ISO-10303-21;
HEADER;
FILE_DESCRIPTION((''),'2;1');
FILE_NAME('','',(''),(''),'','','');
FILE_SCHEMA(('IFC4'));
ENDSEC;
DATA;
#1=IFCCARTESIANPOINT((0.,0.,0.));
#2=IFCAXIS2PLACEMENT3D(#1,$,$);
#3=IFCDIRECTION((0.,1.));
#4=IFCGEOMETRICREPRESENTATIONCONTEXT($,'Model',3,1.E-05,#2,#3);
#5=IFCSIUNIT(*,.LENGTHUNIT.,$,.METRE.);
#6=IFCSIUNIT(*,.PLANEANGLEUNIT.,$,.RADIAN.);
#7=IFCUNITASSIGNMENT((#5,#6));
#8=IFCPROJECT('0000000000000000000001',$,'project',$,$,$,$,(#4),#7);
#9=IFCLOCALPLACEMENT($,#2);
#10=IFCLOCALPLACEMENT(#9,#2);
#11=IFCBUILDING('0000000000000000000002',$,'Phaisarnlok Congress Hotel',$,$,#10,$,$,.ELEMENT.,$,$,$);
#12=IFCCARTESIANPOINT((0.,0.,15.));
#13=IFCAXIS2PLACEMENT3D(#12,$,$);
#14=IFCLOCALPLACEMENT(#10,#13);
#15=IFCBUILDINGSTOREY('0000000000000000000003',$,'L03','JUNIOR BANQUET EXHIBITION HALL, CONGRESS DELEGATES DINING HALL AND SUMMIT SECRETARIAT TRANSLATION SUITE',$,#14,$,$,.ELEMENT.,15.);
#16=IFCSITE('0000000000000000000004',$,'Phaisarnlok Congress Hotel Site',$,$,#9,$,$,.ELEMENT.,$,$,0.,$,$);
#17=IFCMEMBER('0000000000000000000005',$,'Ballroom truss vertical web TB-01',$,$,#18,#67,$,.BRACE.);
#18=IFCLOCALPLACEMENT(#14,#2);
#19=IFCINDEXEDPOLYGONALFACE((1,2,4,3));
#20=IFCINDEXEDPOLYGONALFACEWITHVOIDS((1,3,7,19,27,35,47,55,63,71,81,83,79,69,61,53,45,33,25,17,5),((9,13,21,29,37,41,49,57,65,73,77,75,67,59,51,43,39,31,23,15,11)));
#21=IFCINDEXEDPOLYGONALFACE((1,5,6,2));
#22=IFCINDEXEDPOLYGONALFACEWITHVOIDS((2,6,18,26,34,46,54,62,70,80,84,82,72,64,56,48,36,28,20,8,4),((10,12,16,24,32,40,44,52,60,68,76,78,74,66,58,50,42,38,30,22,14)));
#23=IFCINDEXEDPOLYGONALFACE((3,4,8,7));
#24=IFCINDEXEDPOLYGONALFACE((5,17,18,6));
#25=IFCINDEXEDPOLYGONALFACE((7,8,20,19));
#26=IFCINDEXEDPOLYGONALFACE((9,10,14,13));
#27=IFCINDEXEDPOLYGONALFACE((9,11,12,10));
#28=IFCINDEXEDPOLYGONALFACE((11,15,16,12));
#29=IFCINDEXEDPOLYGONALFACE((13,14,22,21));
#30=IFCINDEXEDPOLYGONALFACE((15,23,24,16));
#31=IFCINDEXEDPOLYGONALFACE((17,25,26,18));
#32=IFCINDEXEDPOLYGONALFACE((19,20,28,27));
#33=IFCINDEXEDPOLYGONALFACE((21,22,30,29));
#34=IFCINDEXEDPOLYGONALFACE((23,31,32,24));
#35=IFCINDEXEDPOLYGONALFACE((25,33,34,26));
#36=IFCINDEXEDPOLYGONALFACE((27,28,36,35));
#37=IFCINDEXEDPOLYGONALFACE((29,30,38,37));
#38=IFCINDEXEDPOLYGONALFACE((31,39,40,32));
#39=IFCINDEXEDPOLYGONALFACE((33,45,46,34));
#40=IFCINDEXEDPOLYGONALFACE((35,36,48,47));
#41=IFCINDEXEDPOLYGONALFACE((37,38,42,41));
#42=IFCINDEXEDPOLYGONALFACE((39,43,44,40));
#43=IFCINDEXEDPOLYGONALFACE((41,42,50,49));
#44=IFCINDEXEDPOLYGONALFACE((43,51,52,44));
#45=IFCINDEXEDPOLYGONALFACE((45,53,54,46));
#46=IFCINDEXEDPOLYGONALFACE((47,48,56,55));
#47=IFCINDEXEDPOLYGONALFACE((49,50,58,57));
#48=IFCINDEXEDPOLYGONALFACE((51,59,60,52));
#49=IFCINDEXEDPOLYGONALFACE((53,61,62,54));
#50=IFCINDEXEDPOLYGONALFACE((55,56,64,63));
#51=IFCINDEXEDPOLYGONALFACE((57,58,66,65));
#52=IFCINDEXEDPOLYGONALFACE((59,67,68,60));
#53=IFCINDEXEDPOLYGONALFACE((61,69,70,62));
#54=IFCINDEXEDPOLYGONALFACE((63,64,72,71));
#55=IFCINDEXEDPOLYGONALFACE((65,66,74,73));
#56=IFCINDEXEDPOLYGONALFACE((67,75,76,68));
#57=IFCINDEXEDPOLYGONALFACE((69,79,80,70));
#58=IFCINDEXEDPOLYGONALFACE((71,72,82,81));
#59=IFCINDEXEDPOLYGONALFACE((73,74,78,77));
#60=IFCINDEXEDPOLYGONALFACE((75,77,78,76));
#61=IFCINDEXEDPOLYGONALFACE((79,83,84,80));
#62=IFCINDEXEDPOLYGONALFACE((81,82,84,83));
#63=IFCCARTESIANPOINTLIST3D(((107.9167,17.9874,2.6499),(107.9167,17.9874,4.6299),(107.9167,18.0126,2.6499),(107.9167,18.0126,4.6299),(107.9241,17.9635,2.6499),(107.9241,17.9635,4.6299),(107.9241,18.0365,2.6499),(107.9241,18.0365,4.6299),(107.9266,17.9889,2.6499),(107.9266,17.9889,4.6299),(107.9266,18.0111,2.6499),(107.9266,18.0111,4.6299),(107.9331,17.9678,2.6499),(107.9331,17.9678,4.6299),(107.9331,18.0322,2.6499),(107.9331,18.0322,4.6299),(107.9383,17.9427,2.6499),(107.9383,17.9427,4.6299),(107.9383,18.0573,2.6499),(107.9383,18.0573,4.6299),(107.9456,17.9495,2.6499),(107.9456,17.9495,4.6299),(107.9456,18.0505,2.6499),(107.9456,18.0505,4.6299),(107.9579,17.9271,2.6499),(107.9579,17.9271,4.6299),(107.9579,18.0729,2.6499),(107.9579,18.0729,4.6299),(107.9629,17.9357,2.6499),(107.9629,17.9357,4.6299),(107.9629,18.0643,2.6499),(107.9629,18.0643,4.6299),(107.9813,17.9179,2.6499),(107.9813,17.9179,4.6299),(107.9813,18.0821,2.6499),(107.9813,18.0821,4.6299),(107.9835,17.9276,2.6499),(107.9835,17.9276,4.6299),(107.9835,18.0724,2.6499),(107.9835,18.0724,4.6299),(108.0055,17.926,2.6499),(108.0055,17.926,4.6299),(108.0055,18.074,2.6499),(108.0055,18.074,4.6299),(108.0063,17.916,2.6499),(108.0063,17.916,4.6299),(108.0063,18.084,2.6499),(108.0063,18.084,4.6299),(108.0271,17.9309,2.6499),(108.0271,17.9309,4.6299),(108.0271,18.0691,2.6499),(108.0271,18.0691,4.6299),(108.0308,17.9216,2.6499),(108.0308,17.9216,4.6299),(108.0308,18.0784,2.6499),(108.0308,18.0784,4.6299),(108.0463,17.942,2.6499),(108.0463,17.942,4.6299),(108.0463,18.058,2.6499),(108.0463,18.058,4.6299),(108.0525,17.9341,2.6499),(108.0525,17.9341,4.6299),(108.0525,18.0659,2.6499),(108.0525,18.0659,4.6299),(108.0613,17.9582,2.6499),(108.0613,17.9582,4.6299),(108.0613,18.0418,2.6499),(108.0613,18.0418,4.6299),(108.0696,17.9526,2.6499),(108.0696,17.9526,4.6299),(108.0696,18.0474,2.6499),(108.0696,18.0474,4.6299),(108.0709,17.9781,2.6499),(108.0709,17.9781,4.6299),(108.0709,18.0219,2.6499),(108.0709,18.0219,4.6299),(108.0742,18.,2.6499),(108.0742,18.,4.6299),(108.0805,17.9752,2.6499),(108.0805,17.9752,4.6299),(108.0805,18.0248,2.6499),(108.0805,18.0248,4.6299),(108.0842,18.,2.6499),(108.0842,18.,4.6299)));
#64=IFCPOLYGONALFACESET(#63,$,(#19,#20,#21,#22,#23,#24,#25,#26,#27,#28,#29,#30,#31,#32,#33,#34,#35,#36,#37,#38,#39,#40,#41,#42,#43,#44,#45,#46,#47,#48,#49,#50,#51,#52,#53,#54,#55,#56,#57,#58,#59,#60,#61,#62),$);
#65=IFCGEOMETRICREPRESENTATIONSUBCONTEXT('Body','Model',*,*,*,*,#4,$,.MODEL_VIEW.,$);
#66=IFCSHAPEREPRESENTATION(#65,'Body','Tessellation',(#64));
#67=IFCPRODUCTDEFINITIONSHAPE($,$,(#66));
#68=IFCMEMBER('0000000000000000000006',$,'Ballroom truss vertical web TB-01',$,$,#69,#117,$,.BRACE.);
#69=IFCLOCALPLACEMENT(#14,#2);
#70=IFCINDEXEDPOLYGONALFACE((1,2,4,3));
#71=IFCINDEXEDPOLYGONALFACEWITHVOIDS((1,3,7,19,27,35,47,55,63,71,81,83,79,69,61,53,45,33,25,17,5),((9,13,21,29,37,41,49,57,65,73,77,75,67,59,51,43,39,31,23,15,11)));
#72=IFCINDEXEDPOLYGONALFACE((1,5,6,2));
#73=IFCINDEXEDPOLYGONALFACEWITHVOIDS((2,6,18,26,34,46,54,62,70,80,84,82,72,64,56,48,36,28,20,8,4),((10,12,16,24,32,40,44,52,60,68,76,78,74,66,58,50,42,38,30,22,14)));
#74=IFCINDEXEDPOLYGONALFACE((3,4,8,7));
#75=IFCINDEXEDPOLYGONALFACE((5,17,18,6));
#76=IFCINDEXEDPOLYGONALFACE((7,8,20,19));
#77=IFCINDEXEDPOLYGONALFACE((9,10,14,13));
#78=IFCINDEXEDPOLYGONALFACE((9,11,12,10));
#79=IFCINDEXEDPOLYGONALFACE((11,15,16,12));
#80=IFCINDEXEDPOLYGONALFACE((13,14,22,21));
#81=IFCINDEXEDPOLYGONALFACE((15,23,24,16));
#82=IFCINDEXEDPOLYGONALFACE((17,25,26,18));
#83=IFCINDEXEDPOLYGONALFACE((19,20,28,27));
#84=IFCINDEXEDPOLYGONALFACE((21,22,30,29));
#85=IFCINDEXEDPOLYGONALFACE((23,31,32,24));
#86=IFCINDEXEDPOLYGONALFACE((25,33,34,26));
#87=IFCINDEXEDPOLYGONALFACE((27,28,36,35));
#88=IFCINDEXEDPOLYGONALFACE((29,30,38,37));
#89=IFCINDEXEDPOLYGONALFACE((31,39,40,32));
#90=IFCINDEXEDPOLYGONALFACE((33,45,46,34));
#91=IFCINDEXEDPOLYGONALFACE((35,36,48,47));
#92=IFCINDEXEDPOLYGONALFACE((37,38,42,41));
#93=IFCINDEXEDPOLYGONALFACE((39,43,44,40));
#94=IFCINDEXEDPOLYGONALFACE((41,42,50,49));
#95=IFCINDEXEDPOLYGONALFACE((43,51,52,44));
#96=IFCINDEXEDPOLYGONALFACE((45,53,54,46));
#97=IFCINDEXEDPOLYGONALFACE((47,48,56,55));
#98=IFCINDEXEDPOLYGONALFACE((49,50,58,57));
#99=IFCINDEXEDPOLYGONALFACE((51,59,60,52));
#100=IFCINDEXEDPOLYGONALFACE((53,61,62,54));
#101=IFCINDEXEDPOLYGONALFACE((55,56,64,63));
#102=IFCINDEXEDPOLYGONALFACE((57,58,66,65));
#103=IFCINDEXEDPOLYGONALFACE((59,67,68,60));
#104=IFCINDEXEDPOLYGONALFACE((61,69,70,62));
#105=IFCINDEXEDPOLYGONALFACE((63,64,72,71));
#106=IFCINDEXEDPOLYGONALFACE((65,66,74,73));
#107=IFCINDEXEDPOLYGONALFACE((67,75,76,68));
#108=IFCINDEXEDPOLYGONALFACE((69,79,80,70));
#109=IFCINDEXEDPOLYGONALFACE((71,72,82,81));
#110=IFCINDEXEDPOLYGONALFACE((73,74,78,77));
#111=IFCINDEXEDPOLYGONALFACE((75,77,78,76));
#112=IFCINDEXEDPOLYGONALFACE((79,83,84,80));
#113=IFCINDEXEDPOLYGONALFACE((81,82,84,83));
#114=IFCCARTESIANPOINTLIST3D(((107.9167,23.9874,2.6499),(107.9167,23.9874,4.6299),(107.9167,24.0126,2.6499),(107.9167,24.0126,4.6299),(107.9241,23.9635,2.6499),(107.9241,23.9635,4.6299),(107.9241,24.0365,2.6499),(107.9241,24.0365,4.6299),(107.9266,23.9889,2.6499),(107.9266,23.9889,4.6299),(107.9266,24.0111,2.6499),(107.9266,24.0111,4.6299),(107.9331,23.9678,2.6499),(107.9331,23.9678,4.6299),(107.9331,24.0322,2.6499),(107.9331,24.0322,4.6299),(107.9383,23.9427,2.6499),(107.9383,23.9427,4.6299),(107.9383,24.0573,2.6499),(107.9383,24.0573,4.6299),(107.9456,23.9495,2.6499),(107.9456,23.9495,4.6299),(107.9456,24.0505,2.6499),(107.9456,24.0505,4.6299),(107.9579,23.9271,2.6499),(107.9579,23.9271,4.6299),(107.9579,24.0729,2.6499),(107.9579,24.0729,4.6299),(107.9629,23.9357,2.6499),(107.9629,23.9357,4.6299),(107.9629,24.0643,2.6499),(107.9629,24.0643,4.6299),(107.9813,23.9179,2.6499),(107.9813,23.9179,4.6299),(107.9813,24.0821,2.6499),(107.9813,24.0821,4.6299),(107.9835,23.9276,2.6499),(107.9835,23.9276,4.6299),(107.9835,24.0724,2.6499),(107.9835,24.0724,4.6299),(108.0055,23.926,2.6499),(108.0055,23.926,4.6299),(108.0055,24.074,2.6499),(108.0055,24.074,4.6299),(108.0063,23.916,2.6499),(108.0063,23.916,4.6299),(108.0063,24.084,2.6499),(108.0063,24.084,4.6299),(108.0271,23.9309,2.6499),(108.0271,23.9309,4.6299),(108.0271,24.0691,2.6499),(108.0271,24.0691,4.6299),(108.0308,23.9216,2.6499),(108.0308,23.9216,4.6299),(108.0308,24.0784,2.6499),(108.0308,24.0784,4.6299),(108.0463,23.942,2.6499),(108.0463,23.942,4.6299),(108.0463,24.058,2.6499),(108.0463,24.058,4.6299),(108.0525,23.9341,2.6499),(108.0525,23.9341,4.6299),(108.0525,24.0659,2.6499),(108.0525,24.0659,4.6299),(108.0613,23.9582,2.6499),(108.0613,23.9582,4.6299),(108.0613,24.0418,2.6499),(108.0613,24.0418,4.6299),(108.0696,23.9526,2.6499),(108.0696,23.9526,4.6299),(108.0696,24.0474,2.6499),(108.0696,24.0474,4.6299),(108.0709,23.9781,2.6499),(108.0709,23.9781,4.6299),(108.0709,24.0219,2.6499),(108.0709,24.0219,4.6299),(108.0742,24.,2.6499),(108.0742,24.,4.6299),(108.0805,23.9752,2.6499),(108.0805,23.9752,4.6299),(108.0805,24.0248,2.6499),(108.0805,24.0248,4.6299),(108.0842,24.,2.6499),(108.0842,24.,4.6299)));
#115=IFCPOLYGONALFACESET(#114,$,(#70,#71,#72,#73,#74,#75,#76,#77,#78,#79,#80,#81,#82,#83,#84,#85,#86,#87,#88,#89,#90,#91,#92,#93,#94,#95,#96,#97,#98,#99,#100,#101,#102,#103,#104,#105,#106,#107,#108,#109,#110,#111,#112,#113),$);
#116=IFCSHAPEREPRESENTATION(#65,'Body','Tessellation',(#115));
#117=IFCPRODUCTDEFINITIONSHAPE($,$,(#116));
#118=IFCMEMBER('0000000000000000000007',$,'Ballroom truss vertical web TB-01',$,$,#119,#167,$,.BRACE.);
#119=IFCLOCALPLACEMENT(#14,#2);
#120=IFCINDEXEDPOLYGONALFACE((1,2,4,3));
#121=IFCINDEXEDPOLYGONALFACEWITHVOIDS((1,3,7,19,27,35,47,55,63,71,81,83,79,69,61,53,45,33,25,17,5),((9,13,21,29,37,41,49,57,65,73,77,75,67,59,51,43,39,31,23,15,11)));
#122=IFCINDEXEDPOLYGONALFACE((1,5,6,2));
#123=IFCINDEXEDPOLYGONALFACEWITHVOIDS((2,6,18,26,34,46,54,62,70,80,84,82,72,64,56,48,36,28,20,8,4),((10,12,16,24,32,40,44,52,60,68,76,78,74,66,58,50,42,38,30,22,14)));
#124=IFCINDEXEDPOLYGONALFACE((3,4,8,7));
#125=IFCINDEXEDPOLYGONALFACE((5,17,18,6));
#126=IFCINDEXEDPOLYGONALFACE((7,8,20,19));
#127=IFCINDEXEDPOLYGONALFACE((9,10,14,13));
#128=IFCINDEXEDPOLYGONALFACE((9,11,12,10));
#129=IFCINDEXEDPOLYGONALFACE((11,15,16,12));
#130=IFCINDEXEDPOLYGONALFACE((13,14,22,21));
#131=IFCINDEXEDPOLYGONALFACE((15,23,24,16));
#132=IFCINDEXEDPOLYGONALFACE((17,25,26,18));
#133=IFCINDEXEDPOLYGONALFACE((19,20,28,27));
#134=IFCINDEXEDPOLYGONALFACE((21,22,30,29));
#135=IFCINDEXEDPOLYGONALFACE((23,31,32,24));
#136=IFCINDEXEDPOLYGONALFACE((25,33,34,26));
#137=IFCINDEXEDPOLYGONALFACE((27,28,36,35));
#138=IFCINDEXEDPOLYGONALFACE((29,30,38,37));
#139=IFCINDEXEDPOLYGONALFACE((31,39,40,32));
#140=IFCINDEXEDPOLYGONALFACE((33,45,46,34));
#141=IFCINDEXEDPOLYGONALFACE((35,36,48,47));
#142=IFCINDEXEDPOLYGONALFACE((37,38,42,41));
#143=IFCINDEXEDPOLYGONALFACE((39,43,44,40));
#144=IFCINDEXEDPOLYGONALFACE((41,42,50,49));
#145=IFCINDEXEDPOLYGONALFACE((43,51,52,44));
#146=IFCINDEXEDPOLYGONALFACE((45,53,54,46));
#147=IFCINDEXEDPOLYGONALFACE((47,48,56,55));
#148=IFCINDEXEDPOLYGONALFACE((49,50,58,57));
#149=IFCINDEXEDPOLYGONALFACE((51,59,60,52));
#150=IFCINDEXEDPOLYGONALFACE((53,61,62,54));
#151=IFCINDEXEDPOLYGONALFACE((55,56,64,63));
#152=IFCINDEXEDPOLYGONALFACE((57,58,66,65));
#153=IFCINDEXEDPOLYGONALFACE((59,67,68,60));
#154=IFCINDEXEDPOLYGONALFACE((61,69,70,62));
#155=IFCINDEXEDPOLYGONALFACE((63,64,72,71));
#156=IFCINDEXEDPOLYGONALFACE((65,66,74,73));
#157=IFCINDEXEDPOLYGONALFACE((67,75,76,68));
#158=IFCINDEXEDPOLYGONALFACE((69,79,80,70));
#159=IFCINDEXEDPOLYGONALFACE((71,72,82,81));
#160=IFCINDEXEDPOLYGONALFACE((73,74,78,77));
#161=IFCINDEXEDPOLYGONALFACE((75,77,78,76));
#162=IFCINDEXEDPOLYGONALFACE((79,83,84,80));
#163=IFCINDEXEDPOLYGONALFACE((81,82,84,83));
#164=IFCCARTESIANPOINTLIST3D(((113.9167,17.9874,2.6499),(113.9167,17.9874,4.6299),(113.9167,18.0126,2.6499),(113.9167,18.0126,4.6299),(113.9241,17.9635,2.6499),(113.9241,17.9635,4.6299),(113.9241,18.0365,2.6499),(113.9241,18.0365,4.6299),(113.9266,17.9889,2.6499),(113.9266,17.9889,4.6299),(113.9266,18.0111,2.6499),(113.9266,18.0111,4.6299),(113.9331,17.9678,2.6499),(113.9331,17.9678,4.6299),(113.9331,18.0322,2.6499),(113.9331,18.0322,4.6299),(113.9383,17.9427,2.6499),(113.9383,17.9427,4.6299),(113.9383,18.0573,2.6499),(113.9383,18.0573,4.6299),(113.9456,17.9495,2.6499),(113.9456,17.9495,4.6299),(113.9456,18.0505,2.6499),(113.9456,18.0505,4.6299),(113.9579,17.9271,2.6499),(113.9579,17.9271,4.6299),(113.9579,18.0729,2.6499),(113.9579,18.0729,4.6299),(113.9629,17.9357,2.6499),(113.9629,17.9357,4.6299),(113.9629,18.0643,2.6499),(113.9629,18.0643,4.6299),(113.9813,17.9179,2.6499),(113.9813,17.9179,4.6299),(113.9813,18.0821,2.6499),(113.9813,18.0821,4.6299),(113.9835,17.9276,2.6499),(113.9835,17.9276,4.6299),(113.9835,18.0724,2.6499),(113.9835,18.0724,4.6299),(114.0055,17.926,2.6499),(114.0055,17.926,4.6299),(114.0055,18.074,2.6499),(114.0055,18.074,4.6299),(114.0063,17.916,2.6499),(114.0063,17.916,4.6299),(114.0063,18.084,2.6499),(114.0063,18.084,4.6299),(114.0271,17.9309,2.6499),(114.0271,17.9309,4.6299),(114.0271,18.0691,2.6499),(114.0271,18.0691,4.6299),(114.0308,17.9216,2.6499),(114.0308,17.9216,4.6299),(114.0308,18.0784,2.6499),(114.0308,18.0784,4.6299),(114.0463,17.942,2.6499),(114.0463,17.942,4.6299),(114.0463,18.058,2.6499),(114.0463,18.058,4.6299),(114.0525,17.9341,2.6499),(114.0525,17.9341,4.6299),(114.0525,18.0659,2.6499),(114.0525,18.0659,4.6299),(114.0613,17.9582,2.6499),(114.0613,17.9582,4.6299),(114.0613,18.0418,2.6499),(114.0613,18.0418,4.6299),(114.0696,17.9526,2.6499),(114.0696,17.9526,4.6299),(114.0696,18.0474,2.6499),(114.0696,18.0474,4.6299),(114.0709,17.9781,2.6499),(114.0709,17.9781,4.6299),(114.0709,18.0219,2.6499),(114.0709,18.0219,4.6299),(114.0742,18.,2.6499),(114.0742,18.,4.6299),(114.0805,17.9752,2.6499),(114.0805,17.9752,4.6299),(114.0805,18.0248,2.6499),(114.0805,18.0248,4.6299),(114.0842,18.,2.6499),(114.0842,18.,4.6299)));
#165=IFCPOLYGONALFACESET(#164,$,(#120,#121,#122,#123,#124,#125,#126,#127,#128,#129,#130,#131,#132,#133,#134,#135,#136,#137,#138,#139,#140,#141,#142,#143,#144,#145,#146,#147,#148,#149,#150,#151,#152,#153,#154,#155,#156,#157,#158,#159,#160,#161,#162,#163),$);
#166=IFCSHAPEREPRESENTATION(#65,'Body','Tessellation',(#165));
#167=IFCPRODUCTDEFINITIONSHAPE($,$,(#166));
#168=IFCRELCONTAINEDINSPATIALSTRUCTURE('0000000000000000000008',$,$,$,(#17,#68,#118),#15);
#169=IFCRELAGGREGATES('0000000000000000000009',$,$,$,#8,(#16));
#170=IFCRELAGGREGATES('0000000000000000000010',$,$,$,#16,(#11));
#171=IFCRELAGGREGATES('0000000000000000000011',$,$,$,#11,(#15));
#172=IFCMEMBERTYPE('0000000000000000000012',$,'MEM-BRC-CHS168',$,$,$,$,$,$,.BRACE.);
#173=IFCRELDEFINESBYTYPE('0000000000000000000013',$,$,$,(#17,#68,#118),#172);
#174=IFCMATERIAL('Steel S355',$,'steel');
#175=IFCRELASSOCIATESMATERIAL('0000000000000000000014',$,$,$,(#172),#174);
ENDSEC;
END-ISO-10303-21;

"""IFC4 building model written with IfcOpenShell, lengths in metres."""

from ifc_helpers import new_model, si_unit, direction, frame, origin, origin_2d, place, context, subcontext, project, spatial, hollow_circle, extrude, material, material_profile, profile_set, type_object, element, save


model = new_model("IFC4")

# Units and contexts
model_context = context("Model", 3, precision=1e-05, world=origin(), true_north=direction((0.0, 1.0)))
body_context = subcontext(model_context, "Body", "Model", "MODEL_VIEW")
ifc_project = project(units=[si_unit("LENGTHUNIT", "METRE"), si_unit("PLANEANGLEUNIT", "RADIAN")], contexts=[model_context])

# Site, building, storey
site_placement = place(None, origin())
site = spatial("IfcSite", under=ifc_project, at=site_placement, Name="Phaisarnlok Congress Hotel Site", CompositionType="ELEMENT", RefElevation=0.0)
building_placement = place(site_placement, origin())
building = spatial("IfcBuilding", under=site, at=building_placement, Name="Phaisarnlok Congress Hotel", CompositionType="ELEMENT")
storey_placement = place(building_placement, frame((0.0, 0.0, 15.0)))
storey = spatial("IfcBuildingStorey", under=building, at=storey_placement, Name="L03", Description="JUNIOR BANQUET EXHIBITION HALL, CONGRESS DELEGATES DINING HALL AND SUMMIT SECRETARIAT TRANSLATION SUITE", CompositionType="ELEMENT", Elevation=15.0)

# Members
ifc_material = material(Name="Steel S355", Category="steel")
ifc_material_profile_1 = material_profile(ifc_material, hollow_circle(Radius=0.0842, WallThickness=0.01, at=origin_2d()), Name="CHS 168.3x10")
ifc_profile_set_1 = profile_set([ifc_material_profile_1], Name="Steel S355")
member_type_1 = type_object("IfcMemberType", Name="MEM-BRC-CHS168", PredefinedType="BRACE", material=ifc_profile_set_1)
for number, where, z_axis, x_axis, name in (
    (1, (108.0, 18.0, 2.6499), (0.0, 0.0, 1.0), (1.0, 0.0, 0.0), "Ballroom truss vertical web TB-01"),
    (2, (108.0, 24.0, 2.6499), (0.0, 0.0, 1.0), (1.0, 0.0, 0.0), "Ballroom truss vertical web TB-01"),
    (3, (114.0, 18.0, 2.6499), (0.0, 0.0, 1.0), (1.0, 0.0, 0.0), "Ballroom truss vertical web TB-01"),
):
    element("IfcMember", number, at=place(storey_placement, frame(where, z_axis=z_axis, x_axis=x_axis)), inside=storey, type_object=member_type_1, Name=name, PredefinedType="BRACE", context=body_context, shape_type="SweptSolid", body=[
        extrude(hollow_circle(Radius=0.0842, WallThickness=0.01, at=origin_2d()), origin(), (0.0, 0.0, 1.0), 1.98),
    ])

save(model, "model.ifc")
